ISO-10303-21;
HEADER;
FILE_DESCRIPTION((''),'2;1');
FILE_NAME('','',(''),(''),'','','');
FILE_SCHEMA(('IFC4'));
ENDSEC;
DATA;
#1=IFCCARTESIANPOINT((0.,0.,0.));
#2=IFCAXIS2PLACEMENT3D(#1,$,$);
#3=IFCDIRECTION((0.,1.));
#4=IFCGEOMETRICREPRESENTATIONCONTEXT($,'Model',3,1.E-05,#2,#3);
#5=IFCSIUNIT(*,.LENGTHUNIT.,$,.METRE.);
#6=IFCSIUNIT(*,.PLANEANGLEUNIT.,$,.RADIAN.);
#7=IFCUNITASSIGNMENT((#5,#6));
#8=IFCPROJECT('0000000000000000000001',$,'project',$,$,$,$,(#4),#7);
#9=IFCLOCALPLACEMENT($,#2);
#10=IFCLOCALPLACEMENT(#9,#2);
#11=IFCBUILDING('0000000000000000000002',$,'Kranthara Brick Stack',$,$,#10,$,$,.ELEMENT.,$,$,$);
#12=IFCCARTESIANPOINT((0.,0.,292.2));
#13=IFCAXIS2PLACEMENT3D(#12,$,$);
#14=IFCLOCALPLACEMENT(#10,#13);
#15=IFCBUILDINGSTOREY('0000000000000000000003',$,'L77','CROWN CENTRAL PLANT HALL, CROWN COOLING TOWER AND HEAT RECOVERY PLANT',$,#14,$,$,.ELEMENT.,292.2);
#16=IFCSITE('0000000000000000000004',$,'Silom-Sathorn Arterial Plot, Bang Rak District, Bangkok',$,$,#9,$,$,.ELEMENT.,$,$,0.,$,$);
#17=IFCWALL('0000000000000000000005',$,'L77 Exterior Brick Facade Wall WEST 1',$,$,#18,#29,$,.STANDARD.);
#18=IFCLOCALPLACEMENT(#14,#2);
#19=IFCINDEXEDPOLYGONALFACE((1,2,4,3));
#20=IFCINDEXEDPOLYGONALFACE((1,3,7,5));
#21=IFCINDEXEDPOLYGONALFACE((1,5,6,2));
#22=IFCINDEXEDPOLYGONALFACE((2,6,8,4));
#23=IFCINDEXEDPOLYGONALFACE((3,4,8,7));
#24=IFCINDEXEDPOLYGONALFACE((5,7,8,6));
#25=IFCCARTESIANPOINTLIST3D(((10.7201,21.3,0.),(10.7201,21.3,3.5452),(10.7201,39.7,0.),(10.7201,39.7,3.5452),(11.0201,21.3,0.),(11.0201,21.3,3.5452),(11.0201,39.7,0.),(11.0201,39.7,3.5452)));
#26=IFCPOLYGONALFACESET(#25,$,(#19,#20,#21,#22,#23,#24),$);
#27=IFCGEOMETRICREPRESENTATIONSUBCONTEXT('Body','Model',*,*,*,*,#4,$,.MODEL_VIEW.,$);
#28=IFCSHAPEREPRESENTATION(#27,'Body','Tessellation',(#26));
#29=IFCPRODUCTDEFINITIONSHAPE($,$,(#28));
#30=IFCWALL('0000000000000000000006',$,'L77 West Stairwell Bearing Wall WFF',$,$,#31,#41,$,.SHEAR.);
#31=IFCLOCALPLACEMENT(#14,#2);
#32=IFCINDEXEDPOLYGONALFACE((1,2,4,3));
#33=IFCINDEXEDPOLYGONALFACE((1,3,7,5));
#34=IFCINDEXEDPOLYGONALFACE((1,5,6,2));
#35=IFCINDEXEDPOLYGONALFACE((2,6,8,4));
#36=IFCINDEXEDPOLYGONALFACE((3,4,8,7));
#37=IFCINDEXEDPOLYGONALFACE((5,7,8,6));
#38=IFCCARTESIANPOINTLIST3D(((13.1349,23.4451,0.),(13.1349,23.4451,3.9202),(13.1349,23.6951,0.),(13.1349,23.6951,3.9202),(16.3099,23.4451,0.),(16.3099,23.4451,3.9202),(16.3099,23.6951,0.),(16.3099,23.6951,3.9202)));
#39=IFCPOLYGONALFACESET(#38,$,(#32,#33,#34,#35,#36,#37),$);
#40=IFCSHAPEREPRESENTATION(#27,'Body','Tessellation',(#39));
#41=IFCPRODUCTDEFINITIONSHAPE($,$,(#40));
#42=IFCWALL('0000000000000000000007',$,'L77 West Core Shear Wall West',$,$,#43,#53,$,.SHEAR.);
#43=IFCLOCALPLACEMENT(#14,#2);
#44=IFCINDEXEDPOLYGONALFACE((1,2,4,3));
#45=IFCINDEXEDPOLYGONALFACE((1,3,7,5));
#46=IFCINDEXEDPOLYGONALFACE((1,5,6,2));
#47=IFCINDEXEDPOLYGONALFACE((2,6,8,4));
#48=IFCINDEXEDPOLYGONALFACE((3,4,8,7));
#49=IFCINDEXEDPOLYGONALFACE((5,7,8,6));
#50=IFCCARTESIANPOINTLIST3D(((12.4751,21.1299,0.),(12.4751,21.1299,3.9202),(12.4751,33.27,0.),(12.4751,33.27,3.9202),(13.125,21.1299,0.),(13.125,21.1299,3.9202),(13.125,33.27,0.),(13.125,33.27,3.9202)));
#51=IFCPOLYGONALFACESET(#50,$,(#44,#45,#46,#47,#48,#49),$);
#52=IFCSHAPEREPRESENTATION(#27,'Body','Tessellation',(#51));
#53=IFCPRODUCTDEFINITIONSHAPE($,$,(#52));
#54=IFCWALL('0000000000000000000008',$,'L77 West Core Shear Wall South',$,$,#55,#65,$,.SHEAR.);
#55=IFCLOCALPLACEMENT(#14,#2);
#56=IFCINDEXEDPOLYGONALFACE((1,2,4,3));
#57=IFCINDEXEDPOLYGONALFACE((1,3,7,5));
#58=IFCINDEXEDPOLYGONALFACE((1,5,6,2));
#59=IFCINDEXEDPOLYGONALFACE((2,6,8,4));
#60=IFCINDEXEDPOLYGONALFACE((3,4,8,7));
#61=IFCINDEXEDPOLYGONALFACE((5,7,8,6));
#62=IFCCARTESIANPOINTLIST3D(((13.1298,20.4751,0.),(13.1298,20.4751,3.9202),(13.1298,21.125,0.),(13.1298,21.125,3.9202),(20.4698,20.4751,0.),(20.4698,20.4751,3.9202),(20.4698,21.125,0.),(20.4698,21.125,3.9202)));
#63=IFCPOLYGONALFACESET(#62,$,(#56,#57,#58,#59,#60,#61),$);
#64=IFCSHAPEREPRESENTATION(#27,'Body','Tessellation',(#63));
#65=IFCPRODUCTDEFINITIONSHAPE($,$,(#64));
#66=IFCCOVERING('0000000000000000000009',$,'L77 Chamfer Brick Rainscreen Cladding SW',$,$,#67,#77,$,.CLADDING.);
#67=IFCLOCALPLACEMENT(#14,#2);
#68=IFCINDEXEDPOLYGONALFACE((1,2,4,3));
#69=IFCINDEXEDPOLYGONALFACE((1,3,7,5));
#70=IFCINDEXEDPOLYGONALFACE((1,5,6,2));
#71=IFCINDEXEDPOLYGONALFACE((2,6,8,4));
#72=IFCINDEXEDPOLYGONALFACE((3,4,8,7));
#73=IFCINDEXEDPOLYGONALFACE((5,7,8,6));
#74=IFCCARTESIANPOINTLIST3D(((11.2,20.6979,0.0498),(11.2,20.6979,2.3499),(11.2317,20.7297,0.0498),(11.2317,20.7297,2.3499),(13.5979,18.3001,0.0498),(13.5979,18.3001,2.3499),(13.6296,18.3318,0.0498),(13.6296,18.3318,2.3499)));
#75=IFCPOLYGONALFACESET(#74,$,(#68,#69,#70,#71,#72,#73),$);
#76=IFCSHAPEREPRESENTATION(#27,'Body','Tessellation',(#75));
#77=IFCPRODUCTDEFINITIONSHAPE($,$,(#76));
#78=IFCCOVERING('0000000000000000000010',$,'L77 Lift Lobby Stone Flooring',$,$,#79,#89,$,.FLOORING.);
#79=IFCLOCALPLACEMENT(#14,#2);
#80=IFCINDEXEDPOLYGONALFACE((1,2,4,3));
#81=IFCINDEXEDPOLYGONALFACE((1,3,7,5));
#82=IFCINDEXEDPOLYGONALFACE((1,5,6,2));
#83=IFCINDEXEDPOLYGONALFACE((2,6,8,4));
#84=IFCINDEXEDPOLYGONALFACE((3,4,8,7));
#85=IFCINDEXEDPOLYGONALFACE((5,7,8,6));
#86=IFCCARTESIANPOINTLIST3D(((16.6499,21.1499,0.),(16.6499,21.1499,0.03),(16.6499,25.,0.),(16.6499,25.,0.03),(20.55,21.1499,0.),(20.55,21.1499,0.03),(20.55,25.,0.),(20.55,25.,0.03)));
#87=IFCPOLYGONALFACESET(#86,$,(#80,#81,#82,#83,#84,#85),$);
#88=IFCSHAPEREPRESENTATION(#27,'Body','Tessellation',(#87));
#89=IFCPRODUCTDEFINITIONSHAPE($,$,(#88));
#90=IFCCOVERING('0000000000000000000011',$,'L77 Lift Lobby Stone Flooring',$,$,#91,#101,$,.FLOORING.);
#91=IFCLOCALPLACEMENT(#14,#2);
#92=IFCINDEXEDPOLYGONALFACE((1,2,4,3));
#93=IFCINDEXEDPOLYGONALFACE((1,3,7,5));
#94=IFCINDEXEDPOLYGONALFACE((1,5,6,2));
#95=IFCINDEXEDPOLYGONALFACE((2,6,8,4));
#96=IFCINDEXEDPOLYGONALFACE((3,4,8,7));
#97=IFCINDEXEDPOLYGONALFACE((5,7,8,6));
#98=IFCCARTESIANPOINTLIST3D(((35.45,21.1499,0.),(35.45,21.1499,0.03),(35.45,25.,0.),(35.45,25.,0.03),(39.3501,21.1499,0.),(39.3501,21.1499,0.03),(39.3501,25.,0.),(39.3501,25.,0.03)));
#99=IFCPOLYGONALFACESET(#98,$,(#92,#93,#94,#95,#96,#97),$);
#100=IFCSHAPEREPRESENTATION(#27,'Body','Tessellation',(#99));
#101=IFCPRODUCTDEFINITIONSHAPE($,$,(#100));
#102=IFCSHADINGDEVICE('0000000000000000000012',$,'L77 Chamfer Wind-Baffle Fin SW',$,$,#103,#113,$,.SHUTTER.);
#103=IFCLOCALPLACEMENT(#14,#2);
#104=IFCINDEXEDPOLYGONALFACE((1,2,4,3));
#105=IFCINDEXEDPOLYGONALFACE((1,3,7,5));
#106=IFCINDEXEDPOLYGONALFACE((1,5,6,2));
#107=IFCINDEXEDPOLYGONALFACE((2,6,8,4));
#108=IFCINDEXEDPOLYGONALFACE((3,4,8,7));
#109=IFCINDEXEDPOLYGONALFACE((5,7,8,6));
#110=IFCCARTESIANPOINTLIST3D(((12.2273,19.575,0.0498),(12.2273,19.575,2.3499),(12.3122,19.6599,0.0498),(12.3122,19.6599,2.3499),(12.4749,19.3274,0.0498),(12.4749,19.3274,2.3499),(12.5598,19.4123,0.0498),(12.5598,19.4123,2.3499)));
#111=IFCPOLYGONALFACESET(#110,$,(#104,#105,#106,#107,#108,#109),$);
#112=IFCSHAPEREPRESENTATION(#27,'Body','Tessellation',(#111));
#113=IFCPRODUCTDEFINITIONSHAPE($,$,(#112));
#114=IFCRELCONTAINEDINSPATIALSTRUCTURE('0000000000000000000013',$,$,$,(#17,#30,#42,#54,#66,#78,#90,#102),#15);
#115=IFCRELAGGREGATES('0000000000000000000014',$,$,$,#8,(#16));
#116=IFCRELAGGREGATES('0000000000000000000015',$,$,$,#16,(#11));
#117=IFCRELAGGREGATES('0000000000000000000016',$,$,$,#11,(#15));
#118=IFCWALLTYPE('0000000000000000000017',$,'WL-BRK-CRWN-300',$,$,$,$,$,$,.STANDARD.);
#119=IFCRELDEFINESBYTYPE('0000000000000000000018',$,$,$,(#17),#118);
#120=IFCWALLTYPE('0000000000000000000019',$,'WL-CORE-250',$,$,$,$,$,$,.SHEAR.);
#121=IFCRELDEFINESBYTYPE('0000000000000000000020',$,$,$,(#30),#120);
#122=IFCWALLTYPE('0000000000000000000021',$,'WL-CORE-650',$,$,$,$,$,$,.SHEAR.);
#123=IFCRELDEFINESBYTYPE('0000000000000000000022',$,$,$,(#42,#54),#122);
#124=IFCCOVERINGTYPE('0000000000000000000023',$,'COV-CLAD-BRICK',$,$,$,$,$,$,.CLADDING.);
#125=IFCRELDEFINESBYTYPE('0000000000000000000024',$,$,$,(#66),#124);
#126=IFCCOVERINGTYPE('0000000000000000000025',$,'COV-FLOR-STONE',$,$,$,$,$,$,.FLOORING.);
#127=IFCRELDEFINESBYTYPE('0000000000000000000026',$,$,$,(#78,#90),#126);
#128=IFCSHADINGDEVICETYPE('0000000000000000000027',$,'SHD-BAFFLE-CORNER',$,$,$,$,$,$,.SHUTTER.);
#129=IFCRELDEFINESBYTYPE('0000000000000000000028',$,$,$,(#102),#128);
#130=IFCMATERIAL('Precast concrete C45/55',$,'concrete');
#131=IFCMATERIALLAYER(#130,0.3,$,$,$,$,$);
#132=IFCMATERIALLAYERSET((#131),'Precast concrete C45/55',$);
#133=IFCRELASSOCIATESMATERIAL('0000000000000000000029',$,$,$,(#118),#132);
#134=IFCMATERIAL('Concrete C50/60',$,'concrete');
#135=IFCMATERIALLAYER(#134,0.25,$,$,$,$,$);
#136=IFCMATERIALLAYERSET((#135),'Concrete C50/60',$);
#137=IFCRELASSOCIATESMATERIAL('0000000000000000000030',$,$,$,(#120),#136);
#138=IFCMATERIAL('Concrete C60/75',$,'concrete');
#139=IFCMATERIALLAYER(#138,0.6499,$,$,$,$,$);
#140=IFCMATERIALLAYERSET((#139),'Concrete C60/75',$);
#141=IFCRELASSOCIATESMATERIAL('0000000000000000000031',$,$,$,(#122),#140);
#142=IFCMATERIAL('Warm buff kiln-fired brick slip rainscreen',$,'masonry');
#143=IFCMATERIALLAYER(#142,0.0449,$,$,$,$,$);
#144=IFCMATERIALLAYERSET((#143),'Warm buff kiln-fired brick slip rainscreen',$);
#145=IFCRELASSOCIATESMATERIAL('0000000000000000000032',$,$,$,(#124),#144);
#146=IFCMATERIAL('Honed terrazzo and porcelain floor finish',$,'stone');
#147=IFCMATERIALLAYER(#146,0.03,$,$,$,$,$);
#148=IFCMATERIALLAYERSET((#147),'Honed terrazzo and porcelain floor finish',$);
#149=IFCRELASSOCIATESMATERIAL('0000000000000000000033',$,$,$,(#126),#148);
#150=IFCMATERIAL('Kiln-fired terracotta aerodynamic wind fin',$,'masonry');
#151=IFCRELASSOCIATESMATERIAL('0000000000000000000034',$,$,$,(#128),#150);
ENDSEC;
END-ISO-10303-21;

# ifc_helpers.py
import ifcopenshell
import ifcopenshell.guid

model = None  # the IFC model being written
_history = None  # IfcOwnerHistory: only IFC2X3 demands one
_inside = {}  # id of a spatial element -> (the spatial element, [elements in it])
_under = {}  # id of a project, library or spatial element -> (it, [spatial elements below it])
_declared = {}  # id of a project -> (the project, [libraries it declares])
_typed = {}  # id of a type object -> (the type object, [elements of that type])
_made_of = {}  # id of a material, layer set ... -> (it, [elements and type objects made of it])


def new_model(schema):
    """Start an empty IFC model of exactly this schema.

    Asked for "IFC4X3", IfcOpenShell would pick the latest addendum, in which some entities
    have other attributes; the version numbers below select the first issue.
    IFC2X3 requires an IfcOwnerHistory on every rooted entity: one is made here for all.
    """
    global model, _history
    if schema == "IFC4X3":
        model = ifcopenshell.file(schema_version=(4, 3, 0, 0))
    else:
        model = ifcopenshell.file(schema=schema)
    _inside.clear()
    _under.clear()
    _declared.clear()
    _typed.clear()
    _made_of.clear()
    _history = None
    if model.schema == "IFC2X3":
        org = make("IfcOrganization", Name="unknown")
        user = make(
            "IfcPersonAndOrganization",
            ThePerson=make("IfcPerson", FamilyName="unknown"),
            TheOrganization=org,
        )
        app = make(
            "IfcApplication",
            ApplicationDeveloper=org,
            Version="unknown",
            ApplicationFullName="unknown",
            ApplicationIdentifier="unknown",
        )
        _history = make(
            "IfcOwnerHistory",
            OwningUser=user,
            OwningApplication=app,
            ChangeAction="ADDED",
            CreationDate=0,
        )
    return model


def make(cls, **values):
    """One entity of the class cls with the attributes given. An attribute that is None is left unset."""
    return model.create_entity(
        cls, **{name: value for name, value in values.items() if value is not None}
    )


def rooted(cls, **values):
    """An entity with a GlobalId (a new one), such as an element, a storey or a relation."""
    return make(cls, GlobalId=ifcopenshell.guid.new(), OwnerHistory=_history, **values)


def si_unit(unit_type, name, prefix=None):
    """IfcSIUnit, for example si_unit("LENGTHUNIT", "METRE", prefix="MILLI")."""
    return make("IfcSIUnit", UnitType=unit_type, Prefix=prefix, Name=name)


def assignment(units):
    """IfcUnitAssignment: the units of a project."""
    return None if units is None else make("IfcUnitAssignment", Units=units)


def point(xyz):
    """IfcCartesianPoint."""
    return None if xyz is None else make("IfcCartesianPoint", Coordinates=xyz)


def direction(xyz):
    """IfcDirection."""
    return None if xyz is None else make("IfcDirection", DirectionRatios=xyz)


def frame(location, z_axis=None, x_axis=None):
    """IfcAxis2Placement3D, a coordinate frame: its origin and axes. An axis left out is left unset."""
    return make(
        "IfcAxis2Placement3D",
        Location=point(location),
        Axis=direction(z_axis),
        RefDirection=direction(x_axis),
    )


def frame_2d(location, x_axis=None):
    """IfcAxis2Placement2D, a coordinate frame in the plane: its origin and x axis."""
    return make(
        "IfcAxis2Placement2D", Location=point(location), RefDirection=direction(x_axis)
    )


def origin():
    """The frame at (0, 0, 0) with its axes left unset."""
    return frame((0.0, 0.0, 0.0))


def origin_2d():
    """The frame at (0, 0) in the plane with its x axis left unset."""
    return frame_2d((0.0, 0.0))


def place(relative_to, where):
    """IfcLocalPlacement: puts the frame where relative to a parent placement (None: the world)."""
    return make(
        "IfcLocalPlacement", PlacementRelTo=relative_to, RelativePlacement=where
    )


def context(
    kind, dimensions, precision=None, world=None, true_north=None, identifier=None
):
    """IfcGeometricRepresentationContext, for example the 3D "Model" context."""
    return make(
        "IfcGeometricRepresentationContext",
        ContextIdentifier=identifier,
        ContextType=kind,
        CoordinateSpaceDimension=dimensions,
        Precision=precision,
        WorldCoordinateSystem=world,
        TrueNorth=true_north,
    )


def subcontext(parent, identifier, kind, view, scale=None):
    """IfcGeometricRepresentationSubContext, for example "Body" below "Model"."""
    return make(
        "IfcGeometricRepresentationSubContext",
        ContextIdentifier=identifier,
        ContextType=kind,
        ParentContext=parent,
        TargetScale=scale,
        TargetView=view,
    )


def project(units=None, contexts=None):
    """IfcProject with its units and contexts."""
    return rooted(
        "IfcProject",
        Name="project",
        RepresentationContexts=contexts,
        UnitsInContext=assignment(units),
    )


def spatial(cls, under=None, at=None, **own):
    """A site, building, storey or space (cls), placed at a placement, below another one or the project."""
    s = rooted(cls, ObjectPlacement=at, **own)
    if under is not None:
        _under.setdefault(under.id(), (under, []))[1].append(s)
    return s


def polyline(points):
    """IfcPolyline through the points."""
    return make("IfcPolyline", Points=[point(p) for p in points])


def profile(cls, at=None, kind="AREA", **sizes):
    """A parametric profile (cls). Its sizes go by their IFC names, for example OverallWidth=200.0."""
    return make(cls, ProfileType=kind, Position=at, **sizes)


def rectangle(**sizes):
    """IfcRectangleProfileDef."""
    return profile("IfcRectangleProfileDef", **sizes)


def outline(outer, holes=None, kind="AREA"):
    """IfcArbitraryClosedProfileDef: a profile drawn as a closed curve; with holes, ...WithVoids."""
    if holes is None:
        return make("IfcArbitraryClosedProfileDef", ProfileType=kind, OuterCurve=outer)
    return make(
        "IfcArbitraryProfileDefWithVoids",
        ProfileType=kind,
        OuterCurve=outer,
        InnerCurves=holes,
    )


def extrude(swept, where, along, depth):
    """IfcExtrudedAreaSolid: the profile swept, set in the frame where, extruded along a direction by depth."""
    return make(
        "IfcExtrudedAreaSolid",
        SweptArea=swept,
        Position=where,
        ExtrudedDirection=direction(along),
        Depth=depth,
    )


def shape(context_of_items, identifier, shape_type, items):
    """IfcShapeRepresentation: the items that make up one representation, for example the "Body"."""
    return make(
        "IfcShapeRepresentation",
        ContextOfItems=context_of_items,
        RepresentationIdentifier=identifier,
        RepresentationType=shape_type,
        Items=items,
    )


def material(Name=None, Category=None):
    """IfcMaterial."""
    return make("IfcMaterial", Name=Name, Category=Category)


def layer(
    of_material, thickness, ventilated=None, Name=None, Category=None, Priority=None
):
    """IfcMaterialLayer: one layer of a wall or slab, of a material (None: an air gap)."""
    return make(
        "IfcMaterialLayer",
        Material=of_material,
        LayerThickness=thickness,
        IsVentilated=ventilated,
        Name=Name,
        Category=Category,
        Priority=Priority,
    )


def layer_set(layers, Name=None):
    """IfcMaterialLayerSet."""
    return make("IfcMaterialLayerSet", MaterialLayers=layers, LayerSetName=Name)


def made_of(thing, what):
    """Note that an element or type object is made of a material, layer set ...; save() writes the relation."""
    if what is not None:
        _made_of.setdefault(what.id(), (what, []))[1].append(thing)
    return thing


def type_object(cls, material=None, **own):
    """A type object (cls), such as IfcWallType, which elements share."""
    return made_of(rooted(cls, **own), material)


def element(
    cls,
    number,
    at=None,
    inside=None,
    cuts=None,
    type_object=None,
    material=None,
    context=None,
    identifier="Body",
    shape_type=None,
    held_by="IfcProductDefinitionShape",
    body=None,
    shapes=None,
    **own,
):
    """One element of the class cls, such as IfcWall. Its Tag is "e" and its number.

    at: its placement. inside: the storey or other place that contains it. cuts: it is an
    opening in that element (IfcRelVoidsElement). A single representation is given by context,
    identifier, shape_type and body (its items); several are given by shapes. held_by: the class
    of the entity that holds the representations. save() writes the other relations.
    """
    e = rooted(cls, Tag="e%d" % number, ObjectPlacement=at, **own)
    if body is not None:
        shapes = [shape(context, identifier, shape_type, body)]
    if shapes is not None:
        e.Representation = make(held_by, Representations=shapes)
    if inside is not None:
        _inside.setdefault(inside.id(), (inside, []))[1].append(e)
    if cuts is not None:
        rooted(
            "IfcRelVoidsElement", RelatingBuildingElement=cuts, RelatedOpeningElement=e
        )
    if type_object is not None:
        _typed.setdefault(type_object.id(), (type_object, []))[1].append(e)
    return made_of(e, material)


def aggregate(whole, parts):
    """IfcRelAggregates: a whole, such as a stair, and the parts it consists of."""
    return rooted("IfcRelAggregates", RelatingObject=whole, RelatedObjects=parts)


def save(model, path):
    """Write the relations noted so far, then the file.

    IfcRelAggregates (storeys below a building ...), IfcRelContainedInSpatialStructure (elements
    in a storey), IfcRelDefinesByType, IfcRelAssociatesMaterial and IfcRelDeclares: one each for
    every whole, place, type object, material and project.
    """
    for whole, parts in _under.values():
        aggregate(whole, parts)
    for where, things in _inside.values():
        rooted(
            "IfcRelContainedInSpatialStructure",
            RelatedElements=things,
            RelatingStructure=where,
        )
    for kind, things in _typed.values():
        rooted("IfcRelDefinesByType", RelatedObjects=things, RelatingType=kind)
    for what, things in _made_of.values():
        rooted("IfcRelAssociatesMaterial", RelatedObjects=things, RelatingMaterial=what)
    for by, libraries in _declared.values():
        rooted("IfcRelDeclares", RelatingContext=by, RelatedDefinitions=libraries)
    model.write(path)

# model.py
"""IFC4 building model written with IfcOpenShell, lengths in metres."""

from ifc_helpers import new_model, si_unit, direction, frame, frame_2d, origin, origin_2d, place, context, subcontext, project, spatial, polyline, rectangle, outline, extrude, material, layer, layer_set, type_object, element, save


model = new_model("IFC4")

# Units and contexts
model_context = context("Model", 3, precision=1e-05, world=origin(), true_north=direction((0.0, 1.0)))
body_context = subcontext(model_context, "Body", "Model", "MODEL_VIEW")
ifc_project = project(units=[si_unit("LENGTHUNIT", "METRE"), si_unit("PLANEANGLEUNIT", "RADIAN")], contexts=[model_context])

# Site, building, storey
site_placement = place(None, origin())
site = spatial("IfcSite", under=ifc_project, at=site_placement, Name="Silom-Sathorn Arterial Plot, Bang Rak District, Bangkok", CompositionType="ELEMENT", RefElevation=0.0)
building_placement = place(site_placement, origin())
building = spatial("IfcBuilding", under=site, at=building_placement, Name="Kranthara Brick Stack", CompositionType="ELEMENT")
storey_placement = place(building_placement, frame((0.0, 0.0, 292.2)))
storey = spatial("IfcBuildingStorey", under=building, at=storey_placement, Name="L77", Description="CROWN CENTRAL PLANT HALL, CROWN COOLING TOWER AND HEAT RECOVERY PLANT", CompositionType="ELEMENT", Elevation=292.2)

# Walls
ifc_material_1 = material(Name="Precast concrete C45/55", Category="concrete")
ifc_layer_1 = layer(ifc_material_1, 0.3)
ifc_layer_set_1 = layer_set([ifc_layer_1], Name="Precast concrete C45/55")
wall_type_1 = type_object("IfcWallType", Name="WL-BRK-CRWN-300", PredefinedType="STANDARD", material=ifc_layer_set_1)
wall_1_placement = place(storey_placement, frame((10.8701, 21.3, 0.0), z_axis=(0.0, 0.0, 1.0), x_axis=(0.0, 1.0, 0.0)))
element("IfcWall", 1, at=wall_1_placement, inside=storey, type_object=wall_type_1, Name="L77 Exterior Brick Facade Wall WEST 1", PredefinedType="STANDARD", context=body_context, shape_type="SweptSolid", body=[
    extrude(rectangle(XDim=18.3999, YDim=0.3, at=frame_2d((9.2, 0.0))), origin(), (0.0, 0.0, 1.0), 3.5452),
])
ifc_material_2 = material(Name="Concrete C50/60", Category="concrete")
ifc_layer_2 = layer(ifc_material_2, 0.25)
ifc_layer_set_2 = layer_set([ifc_layer_2], Name="Concrete C50/60")
wall_type_2 = type_object("IfcWallType", Name="WL-CORE-250", PredefinedType="SHEAR", material=ifc_layer_set_2)
wall_2_placement = place(storey_placement, frame((13.135, 23.5701, 0.0), z_axis=(0.0, 0.0, 1.0), x_axis=(1.0, 0.0, 0.0)))
element("IfcWall", 2, at=wall_2_placement, inside=storey, type_object=wall_type_2, Name="L77 West Stairwell Bearing Wall WFF", PredefinedType="SHEAR", context=body_context, shape_type="SweptSolid", body=[
    extrude(rectangle(XDim=3.175, YDim=0.25, at=frame_2d((1.5874, 0.0))), origin(), (0.0, 0.0, 1.0), 3.9202),
])
ifc_material_3 = material(Name="Concrete C60/75", Category="concrete")
ifc_layer_3 = layer(ifc_material_3, 0.6499)
ifc_layer_set_3 = layer_set([ifc_layer_3], Name="Concrete C60/75")
wall_type_3 = type_object("IfcWallType", Name="WL-CORE-650", PredefinedType="SHEAR", material=ifc_layer_set_3)
wall_3_placement = place(storey_placement, frame((12.8, 21.1299, 0.0), z_axis=(0.0, 0.0, 1.0), x_axis=(0.0, 1.0, 0.0)))
element("IfcWall", 3, at=wall_3_placement, inside=storey, type_object=wall_type_3, Name="L77 West Core Shear Wall West", PredefinedType="SHEAR", context=body_context, shape_type="SweptSolid", body=[
    extrude(rectangle(XDim=12.1401, YDim=0.6499, at=frame_2d((6.0701, 0.0))), origin(), (0.0, 0.0, 1.0), 3.9202),
])
wall_4_placement = place(storey_placement, frame((13.1299, 20.8, 0.0), z_axis=(0.0, 0.0, 1.0), x_axis=(1.0, 0.0, 0.0)))
element("IfcWall", 4, at=wall_4_placement, inside=storey, type_object=wall_type_3, Name="L77 West Core Shear Wall South", PredefinedType="SHEAR", context=body_context, shape_type="SweptSolid", body=[
    extrude(rectangle(XDim=7.3401, YDim=0.6499, at=frame_2d((3.6699, 0.0))), origin(), (0.0, 0.0, 1.0), 3.9202),
])

# Coverings
ifc_material_4 = material(Name="Warm buff kiln-fired brick slip rainscreen", Category="masonry")
ifc_layer_4 = layer(ifc_material_4, 0.0449)
ifc_layer_set_4 = layer_set([ifc_layer_4], Name="Warm buff kiln-fired brick slip rainscreen")
covering_type_1 = type_object("IfcCoveringType", Name="COV-CLAD-BRICK", PredefinedType="CLADDING", material=ifc_layer_set_4)
covering_1_placement = place(storey_placement, frame((12.4148, 19.5149, 0.0498), z_axis=(0.0, 0.0, 1.0), x_axis=(-0.707107, 0.707107, 0.0)))
element("IfcCovering", 5, at=covering_1_placement, inside=storey, type_object=covering_type_1, Name="L77 Chamfer Brick Rainscreen Cladding SW", PredefinedType="CLADDING", context=body_context, shape_type="SweptSolid", body=[
    extrude(rectangle(XDim=3.3911, YDim=0.0449, at=origin_2d()), origin(), (0.0, 0.0, 1.0), 2.3),
])
ifc_material_5 = material(Name="Honed terrazzo and porcelain floor finish", Category="stone")
ifc_layer_5 = layer(ifc_material_5, 0.03)
ifc_layer_set_5 = layer_set([ifc_layer_5], Name="Honed terrazzo and porcelain floor finish")
covering_type_2 = type_object("IfcCoveringType", Name="COV-FLOR-STONE", PredefinedType="FLOORING", material=ifc_layer_set_5)
covering_2_placement = place(storey_placement, origin())
element("IfcCovering", 6, at=covering_2_placement, inside=storey, type_object=covering_type_2, Name="L77 Lift Lobby Stone Flooring", PredefinedType="FLOORING", context=body_context, shape_type="SweptSolid", body=[
    extrude(outline(polyline([(20.55, 21.1499), (20.55, 25.0), (16.6499, 25.0), (16.6499, 21.1499), (20.55, 21.1499)])), origin(), (0.0, 0.0, 1.0), 0.03),
])
covering_3_placement = place(storey_placement, origin())
element("IfcCovering", 7, at=covering_3_placement, inside=storey, type_object=covering_type_2, Name="L77 Lift Lobby Stone Flooring", PredefinedType="FLOORING", context=body_context, shape_type="SweptSolid", body=[
    extrude(outline(polyline([(39.3501, 21.1499), (39.3501, 25.0), (35.45, 25.0), (35.45, 21.1499), (39.3501, 21.1499)])), origin(), (0.0, 0.0, 1.0), 0.03),
])

# Shading device
ifc_material_6 = material(Name="Kiln-fired terracotta aerodynamic wind fin", Category="masonry")
shading_device_type = type_object("IfcShadingDeviceType", Name="SHD-BAFFLE-CORNER", PredefinedType="SHUTTER", material=ifc_material_6)
shading_device_placement = place(storey_placement, frame((12.3936, 19.4937, 0.0498), z_axis=(0.0, 0.0, 1.0), x_axis=(-0.707107, 0.707107, 0.0)))
element("IfcShadingDevice", 8, at=shading_device_placement, inside=storey, type_object=shading_device_type, Name="L77 Chamfer Wind-Baffle Fin SW", PredefinedType="SHUTTER", context=body_context, shape_type="SweptSolid", body=[
    extrude(rectangle(XDim=0.3501, YDim=0.1201, at=origin_2d()), origin(), (0.0, 0.0, 1.0), 2.3),
])

save(model, "model.ifc")
